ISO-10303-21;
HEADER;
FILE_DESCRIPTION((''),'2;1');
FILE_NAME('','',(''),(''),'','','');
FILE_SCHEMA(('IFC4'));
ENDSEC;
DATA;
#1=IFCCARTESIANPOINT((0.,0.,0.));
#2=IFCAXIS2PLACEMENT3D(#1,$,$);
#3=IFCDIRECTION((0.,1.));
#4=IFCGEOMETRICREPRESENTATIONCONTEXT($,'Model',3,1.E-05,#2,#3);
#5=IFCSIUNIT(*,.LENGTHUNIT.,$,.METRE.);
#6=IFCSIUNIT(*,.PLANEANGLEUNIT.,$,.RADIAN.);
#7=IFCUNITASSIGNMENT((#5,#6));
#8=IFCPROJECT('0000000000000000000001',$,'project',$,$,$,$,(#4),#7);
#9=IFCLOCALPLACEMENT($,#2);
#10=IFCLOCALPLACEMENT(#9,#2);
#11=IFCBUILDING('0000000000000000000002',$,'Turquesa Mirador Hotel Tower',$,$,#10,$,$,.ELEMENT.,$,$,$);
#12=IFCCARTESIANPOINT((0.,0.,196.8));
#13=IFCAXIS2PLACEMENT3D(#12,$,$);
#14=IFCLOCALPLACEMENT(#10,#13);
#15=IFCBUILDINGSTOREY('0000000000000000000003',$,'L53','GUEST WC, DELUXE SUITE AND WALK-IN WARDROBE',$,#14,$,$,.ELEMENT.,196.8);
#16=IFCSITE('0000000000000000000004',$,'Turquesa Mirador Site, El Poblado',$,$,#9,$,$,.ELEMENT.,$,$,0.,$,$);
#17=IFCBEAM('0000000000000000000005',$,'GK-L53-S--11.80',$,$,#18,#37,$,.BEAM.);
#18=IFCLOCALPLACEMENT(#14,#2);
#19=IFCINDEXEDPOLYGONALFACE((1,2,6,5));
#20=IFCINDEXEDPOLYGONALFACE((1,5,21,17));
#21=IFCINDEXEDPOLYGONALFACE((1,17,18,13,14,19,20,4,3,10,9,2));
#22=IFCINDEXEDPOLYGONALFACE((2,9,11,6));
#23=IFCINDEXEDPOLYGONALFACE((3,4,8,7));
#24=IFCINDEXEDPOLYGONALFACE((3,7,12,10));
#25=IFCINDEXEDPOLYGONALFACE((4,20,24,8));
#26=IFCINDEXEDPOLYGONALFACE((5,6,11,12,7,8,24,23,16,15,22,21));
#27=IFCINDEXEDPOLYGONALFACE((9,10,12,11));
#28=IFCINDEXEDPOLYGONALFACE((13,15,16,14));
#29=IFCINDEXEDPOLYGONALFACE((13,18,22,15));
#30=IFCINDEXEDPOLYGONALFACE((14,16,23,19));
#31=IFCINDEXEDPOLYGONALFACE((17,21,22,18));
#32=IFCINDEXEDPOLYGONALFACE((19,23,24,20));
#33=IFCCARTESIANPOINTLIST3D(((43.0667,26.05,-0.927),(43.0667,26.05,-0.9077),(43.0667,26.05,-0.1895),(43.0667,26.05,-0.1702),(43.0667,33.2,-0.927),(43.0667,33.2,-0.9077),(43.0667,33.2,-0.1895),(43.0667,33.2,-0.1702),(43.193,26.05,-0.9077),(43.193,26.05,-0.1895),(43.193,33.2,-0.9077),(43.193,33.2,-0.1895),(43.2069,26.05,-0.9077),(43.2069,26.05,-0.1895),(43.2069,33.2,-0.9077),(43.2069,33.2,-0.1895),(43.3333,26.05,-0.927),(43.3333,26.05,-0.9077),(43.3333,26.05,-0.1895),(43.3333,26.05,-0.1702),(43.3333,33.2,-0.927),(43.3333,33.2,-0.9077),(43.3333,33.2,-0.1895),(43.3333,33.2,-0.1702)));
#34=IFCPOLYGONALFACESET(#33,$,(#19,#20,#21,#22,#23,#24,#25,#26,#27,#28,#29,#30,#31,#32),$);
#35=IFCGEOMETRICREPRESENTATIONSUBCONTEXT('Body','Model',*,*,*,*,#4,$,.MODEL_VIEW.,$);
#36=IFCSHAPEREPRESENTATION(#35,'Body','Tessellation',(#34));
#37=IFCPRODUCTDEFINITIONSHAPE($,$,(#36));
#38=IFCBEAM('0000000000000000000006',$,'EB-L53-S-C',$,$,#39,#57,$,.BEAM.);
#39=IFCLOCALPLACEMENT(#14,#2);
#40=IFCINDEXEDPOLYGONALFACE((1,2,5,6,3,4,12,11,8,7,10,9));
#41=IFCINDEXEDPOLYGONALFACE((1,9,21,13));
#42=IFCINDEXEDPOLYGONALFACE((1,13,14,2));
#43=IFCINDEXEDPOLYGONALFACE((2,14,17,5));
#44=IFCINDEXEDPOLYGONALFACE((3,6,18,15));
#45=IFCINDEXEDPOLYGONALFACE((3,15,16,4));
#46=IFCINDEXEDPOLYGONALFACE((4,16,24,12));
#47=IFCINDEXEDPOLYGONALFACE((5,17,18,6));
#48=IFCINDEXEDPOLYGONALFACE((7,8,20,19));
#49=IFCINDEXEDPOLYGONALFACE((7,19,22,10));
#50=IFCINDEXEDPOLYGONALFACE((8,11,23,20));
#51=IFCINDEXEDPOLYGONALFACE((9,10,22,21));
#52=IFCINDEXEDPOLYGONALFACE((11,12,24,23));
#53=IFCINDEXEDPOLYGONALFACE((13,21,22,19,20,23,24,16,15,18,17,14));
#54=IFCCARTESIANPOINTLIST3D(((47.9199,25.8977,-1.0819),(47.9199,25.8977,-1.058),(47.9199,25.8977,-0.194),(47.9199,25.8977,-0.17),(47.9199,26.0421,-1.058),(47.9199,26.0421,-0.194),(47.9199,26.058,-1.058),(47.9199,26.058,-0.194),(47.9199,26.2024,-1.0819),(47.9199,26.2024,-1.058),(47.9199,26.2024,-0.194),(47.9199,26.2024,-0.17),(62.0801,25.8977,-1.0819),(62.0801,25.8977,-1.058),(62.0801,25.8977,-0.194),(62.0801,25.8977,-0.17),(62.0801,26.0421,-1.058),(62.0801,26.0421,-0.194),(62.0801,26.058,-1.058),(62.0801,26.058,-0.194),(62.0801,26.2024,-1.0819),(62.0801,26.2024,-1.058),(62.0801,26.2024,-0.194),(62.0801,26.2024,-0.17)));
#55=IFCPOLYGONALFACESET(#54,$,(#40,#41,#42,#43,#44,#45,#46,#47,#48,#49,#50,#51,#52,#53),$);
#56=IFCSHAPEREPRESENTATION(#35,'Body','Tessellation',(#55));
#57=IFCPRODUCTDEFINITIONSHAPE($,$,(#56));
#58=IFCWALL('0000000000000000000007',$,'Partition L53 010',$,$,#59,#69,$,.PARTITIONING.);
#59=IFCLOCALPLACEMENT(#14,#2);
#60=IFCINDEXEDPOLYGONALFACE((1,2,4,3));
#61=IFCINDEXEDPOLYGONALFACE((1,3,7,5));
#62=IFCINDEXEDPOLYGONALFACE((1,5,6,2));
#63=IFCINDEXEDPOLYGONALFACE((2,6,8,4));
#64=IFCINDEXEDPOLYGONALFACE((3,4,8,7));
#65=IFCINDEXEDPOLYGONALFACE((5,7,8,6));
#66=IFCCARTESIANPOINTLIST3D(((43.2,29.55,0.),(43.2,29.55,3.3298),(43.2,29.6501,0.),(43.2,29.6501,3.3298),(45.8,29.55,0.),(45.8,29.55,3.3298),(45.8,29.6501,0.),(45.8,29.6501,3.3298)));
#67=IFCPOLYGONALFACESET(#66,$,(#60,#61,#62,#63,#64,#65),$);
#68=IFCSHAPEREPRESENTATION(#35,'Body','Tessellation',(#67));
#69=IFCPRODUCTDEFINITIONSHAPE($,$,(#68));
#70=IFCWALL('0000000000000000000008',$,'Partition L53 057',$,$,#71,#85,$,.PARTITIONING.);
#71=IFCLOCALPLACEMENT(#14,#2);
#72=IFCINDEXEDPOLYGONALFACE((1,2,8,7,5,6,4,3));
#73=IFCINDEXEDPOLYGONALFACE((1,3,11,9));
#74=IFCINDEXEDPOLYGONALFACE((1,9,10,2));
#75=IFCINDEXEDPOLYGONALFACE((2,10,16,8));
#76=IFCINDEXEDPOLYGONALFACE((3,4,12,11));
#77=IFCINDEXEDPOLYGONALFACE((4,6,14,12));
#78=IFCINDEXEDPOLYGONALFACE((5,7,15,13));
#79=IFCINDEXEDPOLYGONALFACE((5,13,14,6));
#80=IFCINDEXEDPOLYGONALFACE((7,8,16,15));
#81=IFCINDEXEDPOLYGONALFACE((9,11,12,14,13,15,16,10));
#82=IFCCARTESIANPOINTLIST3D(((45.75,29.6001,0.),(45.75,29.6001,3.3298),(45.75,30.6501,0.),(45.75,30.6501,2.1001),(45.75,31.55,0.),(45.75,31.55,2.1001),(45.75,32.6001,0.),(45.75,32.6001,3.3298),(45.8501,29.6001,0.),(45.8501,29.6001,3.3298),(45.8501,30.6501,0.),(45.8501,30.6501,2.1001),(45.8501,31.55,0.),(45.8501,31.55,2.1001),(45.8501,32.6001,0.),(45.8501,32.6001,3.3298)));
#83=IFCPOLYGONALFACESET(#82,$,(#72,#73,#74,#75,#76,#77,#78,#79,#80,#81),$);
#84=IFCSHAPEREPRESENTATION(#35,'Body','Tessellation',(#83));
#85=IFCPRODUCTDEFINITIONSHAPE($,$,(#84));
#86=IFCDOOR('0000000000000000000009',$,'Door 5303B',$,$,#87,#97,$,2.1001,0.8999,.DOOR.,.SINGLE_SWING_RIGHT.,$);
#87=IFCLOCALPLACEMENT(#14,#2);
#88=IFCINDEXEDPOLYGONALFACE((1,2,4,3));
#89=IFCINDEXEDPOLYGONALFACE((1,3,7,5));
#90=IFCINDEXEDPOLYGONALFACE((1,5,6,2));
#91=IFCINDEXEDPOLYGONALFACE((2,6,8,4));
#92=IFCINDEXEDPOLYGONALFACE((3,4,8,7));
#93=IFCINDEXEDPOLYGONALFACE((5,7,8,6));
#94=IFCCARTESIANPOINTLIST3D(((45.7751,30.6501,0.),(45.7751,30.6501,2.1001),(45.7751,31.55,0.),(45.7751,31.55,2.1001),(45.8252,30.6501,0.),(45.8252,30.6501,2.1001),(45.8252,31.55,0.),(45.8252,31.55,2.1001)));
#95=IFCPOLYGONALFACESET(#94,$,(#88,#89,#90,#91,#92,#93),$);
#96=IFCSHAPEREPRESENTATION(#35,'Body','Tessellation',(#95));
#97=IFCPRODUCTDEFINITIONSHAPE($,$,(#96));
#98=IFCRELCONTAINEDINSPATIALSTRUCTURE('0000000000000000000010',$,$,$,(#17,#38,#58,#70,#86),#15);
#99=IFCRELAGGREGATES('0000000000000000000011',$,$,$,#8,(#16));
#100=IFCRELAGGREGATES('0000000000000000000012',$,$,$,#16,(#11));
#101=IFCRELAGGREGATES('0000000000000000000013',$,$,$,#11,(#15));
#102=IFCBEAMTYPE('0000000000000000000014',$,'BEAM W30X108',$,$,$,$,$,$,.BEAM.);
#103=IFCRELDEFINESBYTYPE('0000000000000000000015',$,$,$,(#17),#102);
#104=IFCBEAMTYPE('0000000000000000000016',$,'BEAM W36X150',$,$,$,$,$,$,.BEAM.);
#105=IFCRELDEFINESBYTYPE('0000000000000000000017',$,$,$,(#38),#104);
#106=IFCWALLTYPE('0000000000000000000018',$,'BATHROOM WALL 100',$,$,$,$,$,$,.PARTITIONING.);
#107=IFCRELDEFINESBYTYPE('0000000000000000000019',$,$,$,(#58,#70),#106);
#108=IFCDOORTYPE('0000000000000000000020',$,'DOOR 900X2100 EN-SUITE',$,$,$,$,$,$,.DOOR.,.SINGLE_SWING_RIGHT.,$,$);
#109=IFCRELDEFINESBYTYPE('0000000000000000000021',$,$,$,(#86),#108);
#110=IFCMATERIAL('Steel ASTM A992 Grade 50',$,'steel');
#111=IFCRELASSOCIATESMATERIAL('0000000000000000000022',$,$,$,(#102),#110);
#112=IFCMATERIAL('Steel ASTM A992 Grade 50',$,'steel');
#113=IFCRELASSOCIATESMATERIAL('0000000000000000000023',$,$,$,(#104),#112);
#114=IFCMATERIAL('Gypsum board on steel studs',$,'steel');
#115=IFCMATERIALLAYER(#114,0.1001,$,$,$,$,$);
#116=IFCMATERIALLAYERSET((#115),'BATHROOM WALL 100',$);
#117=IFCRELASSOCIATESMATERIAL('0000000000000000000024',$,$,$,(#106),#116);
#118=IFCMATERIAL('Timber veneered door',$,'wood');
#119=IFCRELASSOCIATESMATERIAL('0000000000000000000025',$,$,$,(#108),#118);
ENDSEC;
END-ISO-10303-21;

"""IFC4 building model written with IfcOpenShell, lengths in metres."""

from ifc_helpers import new_model, si_unit, direction, frame, frame_2d, origin, origin_2d, place, context, subcontext, project, spatial, rectangle, i_section, extrude, material, layer, layer_set, material_profile, profile_set, type_object, element, fill, save


model = new_model("IFC4")

# Units and contexts
model_context = context("Model", 3, precision=1e-05, world=origin(), true_north=direction((0.0, 1.0)))
body_context = subcontext(model_context, "Body", "Model", "MODEL_VIEW")
ifc_project = project(units=[si_unit("LENGTHUNIT", "METRE"), si_unit("PLANEANGLEUNIT", "RADIAN")], contexts=[model_context])

# Site, building, storey
site_placement = place(None, origin())
site = spatial("IfcSite", under=ifc_project, at=site_placement, Name="Turquesa Mirador Site, El Poblado", CompositionType="ELEMENT", RefElevation=0.0)
building_placement = place(site_placement, origin())
building = spatial("IfcBuilding", under=site, at=building_placement, Name="Turquesa Mirador Hotel Tower", CompositionType="ELEMENT")
storey_placement = place(building_placement, frame((0.0, 0.0, 196.8)))
storey = spatial("IfcBuildingStorey", under=building, at=storey_placement, Name="L53", Description="GUEST WC, DELUXE SUITE AND WALK-IN WARDROBE", CompositionType="ELEMENT", Elevation=196.8)

# Beams
ifc_material_1 = material(Name="Steel ASTM A992 Grade 50", Category="steel")
ifc_material_profile_1 = material_profile(ifc_material_1, i_section(OverallWidth=0.2666, OverallDepth=0.7568, WebThickness=0.0139, FlangeThickness=0.0193, at=origin_2d()), Name="W30X108")
ifc_profile_set_1 = profile_set([ifc_material_profile_1], Name="Steel ASTM A992 Grade 50")
beam_type_1 = type_object("IfcBeamType", Name="BEAM W30X108", PredefinedType="BEAM", material=ifc_profile_set_1)
beam_1_placement = place(storey_placement, frame((43.2, 26.05, -0.5486), z_axis=(0.0, 1.0, 0.0), x_axis=(-1.0, 0.0, 0.0)))
element("IfcBeam", 1, at=beam_1_placement, inside=storey, type_object=beam_type_1, Name="GK-L53-S--11.80", PredefinedType="BEAM", context=body_context, shape_type="SweptSolid", body=[
    extrude(i_section(OverallWidth=0.2666, OverallDepth=0.7568, WebThickness=0.0139, FlangeThickness=0.0193, at=origin_2d()), origin(), (0.0, 0.0, 1.0), 7.1499),
])
ifc_material_2 = material(Name="Steel ASTM A992 Grade 50", Category="steel")
ifc_material_profile_2 = material_profile(ifc_material_2, i_section(OverallWidth=0.3047, OverallDepth=0.9119, WebThickness=0.0159, FlangeThickness=0.0239, at=origin_2d()), Name="W36X150")
ifc_profile_set_2 = profile_set([ifc_material_profile_2], Name="Steel ASTM A992 Grade 50")
beam_type_2 = type_object("IfcBeamType", Name="BEAM W36X150", PredefinedType="BEAM", material=ifc_profile_set_2)
beam_2_placement = place(storey_placement, frame((47.9199, 26.05, -0.626), z_axis=(1.0, 0.0, 0.0), x_axis=(0.0, 1.0, 0.0)))
element("IfcBeam", 2, at=beam_2_placement, inside=storey, type_object=beam_type_2, Name="EB-L53-S-C", PredefinedType="BEAM", context=body_context, shape_type="SweptSolid", body=[
    extrude(i_section(OverallWidth=0.3047, OverallDepth=0.9119, WebThickness=0.0159, FlangeThickness=0.0239, at=origin_2d()), origin(), (0.0, 0.0, 1.0), 14.1602),
])

# Wall
ifc_material_3 = material(Name="Gypsum board on steel studs", Category="steel")
ifc_layer_1 = layer(ifc_material_3, 0.1001)
ifc_layer_set_1 = layer_set([ifc_layer_1], Name="BATHROOM WALL 100")
wall_type_1 = type_object("IfcWallType", Name="BATHROOM WALL 100", PredefinedType="PARTITIONING", material=ifc_layer_set_1)
wall_1_placement = place(storey_placement, frame((43.2, 29.6001, 0.0), z_axis=(0.0, 0.0, 1.0), x_axis=(1.0, 0.0, 0.0)))
element("IfcWall", 3, at=wall_1_placement, inside=storey, type_object=wall_type_1, Name="Partition L53 010", PredefinedType="PARTITIONING", context=body_context, shape_type="SweptSolid", body=[
    extrude(rectangle(XDim=2.6001, YDim=0.1001, at=frame_2d((1.3, 0.0))), origin(), (0.0, 0.0, 1.0), 3.3298),
])

# Wall, opening, door
wall_2_placement = place(storey_placement, frame((45.8, 29.6001, 0.0), z_axis=(0.0, 0.0, 1.0), x_axis=(0.0, 1.0, 0.0)))
wall_2 = element("IfcWall", 4, at=wall_2_placement, inside=storey, type_object=wall_type_1, Name="Partition L53 057", PredefinedType="PARTITIONING", context=body_context, shape_type="SweptSolid", body=[
    extrude(rectangle(XDim=3.0, YDim=0.1001, at=frame_2d((1.5, 0.0))), origin(), (0.0, 0.0, 1.0), 3.3298),
])
opening_1_placement = place(wall_2_placement, frame((1.05, 0.0, 0.0)))
opening_1 = element("IfcOpeningElement", 5, at=opening_1_placement, cuts=wall_2, PredefinedType="OPENING", context=body_context, shape_type="SweptSolid", body=[
    extrude(rectangle(XDim=0.8999, YDim=2.1001, at=frame_2d((0.45, 1.05))), frame((0.0, 0.0601, 0.0), z_axis=(0.0, -1.0, 0.0), x_axis=(1.0, 0.0, 0.0)), (0.0, 0.0, 1.0), 0.1201),
])
ifc_material_4 = material(Name="Timber veneered door", Category="wood")
door_type_1 = type_object("IfcDoorType", Name="DOOR 900X2100 EN-SUITE", OperationType="SINGLE_SWING_RIGHT", PredefinedType="DOOR", material=ifc_material_4)
door_1_placement = place(opening_1_placement, origin())
door_1 = element("IfcDoor", 6, at=door_1_placement, inside=storey, type_object=door_type_1, Name="Door 5303B", OperationType="SINGLE_SWING_RIGHT", OverallHeight=2.1001, OverallWidth=0.8999, PredefinedType="DOOR", context=body_context, shape_type="SweptSolid", body=[
    extrude(rectangle(XDim=0.8999, YDim=2.1001, at=frame_2d((0.45, 1.05))), frame((0.0, 0.0249, 0.0), z_axis=(0.0, -1.0, 0.0), x_axis=(1.0, 0.0, 0.0)), (0.0, 0.0, 1.0), 0.05),
])
fill(opening_1, door_1)

save(model, "model.ifc")
